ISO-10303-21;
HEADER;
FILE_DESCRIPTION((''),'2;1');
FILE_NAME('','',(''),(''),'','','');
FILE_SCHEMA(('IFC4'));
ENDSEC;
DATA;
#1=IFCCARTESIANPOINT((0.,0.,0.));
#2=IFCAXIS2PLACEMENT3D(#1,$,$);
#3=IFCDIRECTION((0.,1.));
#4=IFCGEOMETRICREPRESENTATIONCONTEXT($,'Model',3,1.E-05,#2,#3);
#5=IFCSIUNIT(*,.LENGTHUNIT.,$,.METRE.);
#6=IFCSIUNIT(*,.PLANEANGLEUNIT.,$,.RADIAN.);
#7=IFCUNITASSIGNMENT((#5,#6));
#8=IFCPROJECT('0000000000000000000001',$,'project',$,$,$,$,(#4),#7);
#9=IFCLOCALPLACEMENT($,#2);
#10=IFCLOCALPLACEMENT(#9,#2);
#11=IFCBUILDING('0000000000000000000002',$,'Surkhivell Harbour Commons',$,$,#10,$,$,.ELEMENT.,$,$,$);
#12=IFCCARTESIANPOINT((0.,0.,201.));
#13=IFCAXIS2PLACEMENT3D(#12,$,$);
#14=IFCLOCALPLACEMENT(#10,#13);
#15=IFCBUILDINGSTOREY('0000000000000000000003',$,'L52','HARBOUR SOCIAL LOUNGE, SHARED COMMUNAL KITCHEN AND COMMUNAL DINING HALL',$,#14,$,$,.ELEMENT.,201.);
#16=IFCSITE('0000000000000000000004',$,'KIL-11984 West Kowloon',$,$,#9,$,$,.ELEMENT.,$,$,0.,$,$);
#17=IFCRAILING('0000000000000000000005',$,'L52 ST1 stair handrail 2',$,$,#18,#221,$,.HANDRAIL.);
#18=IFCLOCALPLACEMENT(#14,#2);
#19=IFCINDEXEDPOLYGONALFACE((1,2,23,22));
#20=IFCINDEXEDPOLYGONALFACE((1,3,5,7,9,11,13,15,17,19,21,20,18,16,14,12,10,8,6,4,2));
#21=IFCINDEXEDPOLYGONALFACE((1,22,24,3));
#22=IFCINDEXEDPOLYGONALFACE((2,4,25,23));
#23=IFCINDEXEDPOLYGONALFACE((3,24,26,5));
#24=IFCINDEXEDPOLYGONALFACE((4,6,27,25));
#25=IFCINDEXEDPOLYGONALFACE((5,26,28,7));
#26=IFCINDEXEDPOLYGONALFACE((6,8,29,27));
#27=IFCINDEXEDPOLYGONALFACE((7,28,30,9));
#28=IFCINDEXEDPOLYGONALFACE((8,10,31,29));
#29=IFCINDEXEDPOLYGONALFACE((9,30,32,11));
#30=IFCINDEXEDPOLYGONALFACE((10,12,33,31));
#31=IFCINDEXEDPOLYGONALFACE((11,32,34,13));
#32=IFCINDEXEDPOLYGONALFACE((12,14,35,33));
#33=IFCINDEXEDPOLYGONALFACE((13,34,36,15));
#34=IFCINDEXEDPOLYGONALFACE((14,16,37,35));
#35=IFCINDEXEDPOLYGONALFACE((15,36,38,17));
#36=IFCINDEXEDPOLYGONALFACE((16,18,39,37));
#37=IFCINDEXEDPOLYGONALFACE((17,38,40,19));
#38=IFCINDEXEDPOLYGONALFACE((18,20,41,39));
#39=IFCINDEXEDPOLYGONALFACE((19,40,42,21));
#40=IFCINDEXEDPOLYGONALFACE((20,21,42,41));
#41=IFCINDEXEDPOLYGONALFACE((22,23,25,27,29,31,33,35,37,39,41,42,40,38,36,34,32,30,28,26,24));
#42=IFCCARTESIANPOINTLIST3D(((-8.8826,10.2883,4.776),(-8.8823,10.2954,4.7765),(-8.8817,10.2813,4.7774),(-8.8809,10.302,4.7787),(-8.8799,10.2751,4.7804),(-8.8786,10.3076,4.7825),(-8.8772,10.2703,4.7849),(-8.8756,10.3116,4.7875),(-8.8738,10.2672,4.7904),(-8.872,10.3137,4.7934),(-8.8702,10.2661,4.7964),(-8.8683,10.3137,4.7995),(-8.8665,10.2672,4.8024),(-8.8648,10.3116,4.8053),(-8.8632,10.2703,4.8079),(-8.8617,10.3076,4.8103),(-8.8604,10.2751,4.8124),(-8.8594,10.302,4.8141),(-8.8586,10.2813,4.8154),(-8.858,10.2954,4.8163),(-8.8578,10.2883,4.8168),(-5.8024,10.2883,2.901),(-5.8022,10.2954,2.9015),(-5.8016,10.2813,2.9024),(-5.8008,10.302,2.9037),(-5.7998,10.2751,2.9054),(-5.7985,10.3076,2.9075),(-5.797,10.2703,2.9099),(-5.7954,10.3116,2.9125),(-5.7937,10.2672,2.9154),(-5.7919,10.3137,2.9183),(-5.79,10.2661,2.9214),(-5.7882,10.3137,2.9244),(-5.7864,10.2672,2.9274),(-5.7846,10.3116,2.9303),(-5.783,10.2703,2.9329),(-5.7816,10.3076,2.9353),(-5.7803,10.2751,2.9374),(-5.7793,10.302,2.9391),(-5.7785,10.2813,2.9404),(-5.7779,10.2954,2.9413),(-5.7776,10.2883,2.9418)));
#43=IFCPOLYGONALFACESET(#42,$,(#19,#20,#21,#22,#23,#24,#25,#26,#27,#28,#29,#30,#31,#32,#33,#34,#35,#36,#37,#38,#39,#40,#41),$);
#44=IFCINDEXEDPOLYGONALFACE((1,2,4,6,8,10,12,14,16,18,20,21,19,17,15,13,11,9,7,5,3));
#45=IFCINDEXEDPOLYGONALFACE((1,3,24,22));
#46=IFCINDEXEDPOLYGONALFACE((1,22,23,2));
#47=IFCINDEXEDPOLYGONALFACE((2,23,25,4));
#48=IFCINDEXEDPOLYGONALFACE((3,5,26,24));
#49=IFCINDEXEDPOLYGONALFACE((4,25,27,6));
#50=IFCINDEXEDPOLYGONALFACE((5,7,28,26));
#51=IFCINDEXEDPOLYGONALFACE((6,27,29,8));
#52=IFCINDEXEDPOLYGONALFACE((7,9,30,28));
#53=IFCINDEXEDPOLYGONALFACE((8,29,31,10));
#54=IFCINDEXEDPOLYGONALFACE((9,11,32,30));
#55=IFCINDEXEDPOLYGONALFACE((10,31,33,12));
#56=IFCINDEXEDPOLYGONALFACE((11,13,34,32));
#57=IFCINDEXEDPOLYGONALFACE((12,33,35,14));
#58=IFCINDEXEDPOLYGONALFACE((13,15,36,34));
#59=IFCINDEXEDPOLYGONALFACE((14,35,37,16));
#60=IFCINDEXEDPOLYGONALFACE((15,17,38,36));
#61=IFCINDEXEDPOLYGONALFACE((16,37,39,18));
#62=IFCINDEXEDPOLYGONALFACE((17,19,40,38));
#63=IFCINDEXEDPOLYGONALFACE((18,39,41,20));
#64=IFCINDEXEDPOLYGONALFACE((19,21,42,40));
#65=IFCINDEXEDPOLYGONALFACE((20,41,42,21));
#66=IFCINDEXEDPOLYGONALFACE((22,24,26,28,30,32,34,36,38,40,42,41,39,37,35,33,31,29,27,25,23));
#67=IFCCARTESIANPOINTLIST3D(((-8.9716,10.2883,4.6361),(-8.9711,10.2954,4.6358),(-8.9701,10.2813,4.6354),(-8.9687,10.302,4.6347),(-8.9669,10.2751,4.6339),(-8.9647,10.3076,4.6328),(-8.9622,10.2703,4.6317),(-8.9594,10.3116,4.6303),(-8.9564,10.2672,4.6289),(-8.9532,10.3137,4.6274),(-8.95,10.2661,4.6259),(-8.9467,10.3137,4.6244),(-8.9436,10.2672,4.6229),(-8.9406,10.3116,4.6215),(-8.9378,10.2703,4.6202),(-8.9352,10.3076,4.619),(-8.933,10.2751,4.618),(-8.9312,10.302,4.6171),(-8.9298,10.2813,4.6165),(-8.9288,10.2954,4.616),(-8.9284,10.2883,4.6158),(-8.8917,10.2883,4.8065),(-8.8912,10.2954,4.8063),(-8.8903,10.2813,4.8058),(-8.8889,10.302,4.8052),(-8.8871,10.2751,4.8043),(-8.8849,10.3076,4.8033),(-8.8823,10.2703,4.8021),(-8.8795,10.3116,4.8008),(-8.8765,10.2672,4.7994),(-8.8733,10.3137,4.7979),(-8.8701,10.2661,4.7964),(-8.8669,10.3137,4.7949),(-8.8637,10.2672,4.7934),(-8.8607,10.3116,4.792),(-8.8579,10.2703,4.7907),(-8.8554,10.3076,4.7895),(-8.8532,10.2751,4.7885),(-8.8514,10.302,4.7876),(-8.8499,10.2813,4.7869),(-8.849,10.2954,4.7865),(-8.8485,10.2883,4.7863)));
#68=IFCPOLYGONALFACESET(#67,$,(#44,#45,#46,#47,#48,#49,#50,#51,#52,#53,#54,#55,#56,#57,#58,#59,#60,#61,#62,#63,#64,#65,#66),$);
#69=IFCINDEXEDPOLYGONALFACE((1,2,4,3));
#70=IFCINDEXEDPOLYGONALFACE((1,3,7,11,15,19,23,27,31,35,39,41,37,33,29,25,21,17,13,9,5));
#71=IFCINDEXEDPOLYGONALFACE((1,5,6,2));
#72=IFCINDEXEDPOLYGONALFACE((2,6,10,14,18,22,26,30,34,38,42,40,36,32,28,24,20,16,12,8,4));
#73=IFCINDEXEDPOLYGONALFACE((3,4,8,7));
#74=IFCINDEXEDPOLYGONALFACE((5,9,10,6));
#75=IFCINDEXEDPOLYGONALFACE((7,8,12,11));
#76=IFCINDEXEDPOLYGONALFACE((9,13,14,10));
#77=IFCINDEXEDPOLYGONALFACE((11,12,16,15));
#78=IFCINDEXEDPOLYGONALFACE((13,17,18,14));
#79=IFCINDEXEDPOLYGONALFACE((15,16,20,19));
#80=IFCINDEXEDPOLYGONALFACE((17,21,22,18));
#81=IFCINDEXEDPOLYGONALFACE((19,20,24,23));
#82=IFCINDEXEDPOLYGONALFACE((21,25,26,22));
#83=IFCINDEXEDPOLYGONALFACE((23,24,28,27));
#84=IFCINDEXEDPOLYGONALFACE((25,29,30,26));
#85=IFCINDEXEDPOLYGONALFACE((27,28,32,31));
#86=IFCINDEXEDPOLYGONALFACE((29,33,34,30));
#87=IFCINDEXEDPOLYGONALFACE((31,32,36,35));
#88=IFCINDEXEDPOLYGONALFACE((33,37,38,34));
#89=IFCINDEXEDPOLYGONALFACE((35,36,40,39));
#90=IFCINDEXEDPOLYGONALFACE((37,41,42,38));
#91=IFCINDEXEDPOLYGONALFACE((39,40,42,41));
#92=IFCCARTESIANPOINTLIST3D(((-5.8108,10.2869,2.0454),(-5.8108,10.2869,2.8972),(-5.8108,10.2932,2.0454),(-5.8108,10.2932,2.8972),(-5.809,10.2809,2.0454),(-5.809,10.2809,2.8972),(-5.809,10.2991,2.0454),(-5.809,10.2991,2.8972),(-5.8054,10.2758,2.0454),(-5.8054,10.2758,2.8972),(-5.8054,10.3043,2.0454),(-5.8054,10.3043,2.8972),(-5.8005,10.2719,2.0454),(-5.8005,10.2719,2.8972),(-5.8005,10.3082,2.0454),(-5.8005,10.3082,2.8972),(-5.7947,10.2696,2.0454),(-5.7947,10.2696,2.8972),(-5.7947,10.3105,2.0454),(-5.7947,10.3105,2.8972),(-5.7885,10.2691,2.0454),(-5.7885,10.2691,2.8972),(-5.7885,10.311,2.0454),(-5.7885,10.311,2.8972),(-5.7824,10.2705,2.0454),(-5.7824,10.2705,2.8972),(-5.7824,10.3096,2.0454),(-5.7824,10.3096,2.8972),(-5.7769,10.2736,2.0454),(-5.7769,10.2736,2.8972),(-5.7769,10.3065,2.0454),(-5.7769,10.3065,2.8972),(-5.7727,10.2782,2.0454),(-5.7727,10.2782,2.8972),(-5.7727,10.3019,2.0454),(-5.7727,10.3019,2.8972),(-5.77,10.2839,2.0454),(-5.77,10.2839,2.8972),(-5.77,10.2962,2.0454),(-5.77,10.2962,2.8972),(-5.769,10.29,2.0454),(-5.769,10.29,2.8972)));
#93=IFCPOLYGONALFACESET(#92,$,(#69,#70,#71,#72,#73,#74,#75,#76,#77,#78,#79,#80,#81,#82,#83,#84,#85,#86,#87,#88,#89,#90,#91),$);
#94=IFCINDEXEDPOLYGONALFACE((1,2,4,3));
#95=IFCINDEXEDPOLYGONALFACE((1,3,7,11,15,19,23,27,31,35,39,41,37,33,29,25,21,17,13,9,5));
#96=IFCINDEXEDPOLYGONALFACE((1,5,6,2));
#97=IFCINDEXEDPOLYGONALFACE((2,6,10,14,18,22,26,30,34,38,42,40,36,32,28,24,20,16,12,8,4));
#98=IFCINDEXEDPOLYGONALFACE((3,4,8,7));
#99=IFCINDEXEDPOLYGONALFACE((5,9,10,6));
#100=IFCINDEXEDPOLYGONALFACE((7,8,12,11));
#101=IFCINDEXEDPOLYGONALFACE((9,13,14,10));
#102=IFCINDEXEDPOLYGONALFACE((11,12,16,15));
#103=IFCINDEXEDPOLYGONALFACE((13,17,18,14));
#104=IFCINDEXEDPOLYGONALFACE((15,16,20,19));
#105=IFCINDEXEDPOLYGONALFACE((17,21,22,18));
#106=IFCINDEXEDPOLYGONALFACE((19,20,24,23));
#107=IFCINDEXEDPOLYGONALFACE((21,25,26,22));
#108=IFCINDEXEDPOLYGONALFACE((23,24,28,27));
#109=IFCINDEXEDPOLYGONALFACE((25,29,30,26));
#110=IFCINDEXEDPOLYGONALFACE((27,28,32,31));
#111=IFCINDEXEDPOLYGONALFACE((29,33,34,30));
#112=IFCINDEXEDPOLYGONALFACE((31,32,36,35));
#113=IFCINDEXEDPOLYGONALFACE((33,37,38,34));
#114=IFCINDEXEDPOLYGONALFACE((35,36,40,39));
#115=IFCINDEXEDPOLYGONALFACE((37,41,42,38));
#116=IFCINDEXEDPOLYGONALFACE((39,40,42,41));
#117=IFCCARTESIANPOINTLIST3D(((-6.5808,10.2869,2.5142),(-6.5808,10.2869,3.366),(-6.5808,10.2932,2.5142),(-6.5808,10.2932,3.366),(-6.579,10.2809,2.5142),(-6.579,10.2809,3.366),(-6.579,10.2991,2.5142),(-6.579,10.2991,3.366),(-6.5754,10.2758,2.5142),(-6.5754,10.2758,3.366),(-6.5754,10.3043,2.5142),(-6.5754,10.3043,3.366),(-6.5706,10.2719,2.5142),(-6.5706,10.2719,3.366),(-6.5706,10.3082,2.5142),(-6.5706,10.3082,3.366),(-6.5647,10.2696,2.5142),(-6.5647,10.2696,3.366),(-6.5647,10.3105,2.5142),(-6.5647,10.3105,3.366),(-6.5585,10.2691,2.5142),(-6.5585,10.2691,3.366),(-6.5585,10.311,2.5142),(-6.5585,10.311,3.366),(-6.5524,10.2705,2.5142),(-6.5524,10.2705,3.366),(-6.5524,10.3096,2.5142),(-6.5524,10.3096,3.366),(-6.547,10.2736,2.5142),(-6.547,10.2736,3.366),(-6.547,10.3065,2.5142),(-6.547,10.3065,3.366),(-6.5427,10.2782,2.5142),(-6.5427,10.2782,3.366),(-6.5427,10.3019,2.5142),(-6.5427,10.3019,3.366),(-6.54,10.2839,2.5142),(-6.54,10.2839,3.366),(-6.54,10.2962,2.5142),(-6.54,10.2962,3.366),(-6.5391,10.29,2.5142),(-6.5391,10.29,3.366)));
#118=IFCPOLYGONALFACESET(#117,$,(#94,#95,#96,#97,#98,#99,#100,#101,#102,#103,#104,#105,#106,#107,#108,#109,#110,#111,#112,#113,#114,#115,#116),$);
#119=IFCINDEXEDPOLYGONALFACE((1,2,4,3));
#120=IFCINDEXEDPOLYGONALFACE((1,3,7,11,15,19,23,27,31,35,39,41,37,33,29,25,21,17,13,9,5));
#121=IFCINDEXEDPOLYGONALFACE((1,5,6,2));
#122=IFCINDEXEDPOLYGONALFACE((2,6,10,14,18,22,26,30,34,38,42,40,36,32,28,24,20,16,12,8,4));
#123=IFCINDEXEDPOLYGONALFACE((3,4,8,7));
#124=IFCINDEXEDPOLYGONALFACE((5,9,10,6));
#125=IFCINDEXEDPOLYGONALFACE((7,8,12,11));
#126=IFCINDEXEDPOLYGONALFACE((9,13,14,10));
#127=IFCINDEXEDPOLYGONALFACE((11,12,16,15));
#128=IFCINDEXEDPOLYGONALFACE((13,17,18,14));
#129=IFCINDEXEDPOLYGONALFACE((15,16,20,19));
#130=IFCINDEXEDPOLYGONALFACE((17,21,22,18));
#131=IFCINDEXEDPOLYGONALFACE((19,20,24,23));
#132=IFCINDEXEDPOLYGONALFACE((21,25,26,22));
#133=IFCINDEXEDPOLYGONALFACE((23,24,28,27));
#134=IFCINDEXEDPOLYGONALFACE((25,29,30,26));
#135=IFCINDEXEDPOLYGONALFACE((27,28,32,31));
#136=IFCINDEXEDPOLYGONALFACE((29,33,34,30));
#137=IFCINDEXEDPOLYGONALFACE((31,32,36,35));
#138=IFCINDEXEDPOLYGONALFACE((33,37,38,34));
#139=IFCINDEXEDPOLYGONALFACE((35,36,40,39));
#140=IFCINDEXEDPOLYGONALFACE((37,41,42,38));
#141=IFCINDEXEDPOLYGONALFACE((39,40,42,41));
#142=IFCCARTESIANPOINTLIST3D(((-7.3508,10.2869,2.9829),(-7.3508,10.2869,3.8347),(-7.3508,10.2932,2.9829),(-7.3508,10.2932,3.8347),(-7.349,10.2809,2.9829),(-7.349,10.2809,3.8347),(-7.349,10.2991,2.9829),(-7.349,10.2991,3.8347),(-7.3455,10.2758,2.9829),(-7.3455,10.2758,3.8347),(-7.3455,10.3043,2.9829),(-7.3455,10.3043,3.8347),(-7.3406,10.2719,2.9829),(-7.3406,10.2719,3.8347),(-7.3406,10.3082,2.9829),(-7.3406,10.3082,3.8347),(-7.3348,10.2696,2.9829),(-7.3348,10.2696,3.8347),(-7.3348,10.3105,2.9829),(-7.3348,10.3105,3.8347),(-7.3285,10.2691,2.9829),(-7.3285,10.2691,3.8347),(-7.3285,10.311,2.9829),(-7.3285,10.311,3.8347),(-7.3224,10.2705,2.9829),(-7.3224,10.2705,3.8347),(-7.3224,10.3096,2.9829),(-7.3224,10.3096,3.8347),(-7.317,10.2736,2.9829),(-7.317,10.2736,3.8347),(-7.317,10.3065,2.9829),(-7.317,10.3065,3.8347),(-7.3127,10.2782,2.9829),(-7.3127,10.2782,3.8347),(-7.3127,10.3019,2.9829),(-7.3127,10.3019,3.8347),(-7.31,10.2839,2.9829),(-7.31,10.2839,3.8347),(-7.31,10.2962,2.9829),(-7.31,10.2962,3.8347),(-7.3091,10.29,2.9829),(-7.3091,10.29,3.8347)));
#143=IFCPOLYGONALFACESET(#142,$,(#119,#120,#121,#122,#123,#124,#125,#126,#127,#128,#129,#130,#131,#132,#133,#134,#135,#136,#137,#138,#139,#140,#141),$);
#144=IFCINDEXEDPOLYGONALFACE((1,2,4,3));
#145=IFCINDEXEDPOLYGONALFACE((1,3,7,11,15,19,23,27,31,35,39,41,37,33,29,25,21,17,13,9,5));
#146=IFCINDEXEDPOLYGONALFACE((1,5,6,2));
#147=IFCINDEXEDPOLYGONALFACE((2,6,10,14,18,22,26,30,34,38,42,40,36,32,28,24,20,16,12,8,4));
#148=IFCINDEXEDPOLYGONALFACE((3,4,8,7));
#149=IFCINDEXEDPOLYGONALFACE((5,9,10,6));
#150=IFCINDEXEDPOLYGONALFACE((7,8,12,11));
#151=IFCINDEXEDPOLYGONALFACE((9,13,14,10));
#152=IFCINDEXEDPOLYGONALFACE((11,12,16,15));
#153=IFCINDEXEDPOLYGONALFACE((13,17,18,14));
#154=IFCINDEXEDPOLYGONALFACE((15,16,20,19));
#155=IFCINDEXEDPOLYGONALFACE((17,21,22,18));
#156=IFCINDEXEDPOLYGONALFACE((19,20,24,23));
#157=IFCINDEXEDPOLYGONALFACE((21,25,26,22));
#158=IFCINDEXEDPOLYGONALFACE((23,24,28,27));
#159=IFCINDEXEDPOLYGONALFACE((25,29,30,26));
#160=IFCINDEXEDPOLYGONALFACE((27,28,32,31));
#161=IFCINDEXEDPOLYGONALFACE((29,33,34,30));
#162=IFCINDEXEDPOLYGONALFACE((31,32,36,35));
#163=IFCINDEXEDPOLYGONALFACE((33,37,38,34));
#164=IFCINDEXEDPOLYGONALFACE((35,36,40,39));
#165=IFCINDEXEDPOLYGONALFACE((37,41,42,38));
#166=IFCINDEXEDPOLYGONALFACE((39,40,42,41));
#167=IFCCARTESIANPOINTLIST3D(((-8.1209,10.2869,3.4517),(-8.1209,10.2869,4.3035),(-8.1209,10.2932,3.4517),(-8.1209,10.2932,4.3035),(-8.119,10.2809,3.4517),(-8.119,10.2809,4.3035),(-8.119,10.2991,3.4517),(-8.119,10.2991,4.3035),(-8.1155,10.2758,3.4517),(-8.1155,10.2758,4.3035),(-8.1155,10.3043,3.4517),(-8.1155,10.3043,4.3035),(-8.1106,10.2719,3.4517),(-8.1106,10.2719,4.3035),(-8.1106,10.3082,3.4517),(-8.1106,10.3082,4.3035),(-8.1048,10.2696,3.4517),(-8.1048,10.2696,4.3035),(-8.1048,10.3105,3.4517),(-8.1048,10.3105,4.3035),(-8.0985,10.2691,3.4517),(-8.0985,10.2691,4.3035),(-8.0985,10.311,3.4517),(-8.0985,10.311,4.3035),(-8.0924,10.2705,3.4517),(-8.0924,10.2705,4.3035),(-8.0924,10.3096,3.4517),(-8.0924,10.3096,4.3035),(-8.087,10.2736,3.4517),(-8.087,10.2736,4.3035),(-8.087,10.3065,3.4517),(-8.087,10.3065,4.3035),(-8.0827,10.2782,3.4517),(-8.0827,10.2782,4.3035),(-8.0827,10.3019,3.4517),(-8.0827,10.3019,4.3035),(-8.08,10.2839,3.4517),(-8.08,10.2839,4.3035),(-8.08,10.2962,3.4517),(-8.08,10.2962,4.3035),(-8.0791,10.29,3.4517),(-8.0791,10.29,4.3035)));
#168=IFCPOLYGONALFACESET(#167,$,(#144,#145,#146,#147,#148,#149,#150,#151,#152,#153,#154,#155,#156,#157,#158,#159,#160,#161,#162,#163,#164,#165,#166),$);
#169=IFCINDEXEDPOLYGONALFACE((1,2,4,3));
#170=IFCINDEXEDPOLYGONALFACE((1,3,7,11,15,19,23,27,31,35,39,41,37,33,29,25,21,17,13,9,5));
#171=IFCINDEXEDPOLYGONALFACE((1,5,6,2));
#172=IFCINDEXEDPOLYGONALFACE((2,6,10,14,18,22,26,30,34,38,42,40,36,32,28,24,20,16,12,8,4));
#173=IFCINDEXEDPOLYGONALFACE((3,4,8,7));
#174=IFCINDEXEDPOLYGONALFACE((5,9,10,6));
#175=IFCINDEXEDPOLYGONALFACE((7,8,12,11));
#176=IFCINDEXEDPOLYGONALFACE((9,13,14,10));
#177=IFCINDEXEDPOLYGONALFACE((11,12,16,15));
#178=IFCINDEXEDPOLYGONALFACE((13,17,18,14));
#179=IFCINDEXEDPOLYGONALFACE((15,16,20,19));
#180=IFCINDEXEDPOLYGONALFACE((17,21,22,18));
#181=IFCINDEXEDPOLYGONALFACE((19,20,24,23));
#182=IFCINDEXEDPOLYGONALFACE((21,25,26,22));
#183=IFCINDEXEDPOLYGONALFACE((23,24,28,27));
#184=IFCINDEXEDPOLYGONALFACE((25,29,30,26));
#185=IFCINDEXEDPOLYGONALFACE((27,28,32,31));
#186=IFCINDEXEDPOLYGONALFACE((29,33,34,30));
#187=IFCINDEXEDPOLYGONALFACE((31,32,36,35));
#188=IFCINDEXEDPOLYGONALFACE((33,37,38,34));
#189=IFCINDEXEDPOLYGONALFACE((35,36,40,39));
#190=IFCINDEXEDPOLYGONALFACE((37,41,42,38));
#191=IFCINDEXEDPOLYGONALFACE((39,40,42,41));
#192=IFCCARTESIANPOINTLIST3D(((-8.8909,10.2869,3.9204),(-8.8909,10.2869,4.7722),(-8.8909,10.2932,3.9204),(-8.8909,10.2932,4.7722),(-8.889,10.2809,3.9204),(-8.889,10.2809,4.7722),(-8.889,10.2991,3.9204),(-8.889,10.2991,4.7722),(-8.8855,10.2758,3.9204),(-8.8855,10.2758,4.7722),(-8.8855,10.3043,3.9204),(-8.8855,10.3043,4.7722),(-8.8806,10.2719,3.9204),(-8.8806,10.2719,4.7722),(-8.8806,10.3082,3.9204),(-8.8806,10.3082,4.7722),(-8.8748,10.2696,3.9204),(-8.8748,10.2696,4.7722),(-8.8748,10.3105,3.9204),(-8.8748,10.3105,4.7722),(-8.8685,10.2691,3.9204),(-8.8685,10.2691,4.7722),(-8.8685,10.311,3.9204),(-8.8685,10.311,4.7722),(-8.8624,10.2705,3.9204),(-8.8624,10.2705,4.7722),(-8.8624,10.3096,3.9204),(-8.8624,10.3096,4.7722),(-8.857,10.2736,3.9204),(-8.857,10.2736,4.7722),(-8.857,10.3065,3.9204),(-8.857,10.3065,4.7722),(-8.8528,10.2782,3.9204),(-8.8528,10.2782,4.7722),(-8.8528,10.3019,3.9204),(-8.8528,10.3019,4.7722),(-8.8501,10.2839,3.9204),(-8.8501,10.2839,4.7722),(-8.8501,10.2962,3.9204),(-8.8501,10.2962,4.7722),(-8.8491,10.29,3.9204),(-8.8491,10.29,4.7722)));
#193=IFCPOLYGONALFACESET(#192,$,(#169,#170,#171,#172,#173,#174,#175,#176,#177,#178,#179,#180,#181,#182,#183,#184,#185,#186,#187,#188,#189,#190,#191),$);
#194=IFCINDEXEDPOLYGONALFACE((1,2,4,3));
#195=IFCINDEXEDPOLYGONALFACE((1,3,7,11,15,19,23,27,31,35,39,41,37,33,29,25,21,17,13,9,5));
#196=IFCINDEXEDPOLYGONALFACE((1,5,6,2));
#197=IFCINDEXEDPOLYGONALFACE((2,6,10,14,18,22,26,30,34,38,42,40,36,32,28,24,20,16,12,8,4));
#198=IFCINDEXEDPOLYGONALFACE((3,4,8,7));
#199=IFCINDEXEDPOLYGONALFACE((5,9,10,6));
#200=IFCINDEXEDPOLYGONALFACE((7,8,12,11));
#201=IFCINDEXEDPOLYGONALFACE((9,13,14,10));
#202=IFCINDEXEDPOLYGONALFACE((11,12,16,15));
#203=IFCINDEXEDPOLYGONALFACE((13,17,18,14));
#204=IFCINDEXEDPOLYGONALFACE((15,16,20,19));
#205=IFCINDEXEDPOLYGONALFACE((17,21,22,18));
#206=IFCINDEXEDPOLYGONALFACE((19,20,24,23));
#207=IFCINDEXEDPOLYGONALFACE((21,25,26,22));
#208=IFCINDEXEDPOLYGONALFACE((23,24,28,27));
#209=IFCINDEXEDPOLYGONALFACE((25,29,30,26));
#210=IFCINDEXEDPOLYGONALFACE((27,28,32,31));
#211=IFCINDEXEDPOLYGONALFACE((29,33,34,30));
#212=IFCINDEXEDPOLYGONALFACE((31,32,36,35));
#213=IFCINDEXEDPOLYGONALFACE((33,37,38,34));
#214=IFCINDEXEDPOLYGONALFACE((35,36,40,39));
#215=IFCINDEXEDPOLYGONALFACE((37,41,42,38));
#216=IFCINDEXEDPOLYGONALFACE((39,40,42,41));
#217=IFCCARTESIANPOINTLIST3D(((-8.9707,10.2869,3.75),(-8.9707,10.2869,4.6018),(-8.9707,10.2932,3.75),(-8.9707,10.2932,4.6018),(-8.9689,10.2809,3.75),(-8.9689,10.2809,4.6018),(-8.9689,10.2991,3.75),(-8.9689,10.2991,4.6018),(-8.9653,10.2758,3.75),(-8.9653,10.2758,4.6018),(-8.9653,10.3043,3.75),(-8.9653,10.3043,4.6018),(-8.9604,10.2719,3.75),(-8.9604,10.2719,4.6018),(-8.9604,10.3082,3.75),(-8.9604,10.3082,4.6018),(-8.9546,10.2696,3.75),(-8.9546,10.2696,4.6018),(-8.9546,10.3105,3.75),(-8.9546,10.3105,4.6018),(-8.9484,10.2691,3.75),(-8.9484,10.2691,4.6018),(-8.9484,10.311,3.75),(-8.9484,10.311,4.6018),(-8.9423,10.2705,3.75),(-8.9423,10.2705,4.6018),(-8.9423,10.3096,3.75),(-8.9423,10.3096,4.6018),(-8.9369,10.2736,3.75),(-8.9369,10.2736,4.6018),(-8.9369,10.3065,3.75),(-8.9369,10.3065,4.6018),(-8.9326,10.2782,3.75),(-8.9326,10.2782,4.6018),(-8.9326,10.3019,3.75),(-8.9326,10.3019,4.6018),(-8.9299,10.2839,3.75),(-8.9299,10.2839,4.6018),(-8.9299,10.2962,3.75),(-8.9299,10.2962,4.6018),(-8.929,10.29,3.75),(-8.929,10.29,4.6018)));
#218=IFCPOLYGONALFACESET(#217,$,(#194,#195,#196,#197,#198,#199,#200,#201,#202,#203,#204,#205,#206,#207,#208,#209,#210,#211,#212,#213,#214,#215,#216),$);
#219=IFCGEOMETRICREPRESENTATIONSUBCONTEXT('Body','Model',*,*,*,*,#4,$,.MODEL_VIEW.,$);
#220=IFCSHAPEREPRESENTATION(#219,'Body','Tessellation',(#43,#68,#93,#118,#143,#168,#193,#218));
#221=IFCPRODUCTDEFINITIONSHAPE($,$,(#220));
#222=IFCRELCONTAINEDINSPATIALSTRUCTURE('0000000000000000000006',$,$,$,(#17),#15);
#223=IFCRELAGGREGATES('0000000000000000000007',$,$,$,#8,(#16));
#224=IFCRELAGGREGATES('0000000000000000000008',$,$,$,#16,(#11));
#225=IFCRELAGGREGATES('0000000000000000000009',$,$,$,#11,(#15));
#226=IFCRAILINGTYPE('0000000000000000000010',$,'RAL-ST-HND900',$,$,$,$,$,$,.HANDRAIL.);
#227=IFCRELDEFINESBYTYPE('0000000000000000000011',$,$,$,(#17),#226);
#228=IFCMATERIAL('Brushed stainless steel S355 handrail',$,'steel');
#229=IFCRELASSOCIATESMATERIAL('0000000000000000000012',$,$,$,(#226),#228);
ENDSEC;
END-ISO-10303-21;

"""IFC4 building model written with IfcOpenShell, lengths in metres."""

from ifc_helpers import new_model, si_unit, direction, frame, origin, origin_2d, place, context, subcontext, project, spatial, circle, extrude, material, type_object, element, save


model = new_model("IFC4")

# Units and contexts
model_context = context("Model", 3, precision=1e-05, world=origin(), true_north=direction((0.0, 1.0)))
body_context = subcontext(model_context, "Body", "Model", "MODEL_VIEW")
ifc_project = project(units=[si_unit("LENGTHUNIT", "METRE"), si_unit("PLANEANGLEUNIT", "RADIAN")], contexts=[model_context])

# Site, building, storey
site_placement = place(None, origin())
site = spatial("IfcSite", under=ifc_project, at=site_placement, Name="KIL-11984 West Kowloon", CompositionType="ELEMENT", RefElevation=0.0)
building_placement = place(site_placement, origin())
building = spatial("IfcBuilding", under=site, at=building_placement, Name="Surkhivell Harbour Commons", CompositionType="ELEMENT")
storey_placement = place(building_placement, frame((0.0, 0.0, 201.0)))
storey = spatial("IfcBuildingStorey", under=building, at=storey_placement, Name="L52", Description="HARBOUR SOCIAL LOUNGE, SHARED COMMUNAL KITCHEN AND COMMUNAL DINING HALL", CompositionType="ELEMENT", Elevation=201.0)

# Railing
ifc_material_1 = material(Name="Brushed stainless steel S355 handrail", Category="steel")
railing_type_1 = type_object("IfcRailingType", Name="RAL-ST-HND900", PredefinedType="HANDRAIL", material=ifc_material_1)
railing_1_placement = place(storey_placement, frame((-5.79, 10.29, 2.0454)))
element("IfcRailing", 1, at=railing_1_placement, inside=storey, type_object=railing_type_1, Name="L52 ST1 stair handrail 2", PredefinedType="HANDRAIL", context=body_context, shape_type="SweptSolid", body=[
    extrude(circle(Radius=0.0239, at=origin_2d()), frame((0.0, 0.0, 0.876), z_axis=(-0.854178, 0.0, 0.519981), x_axis=(0.0, -1.0, 0.0)), (0.0, 0.0, 1.0), 3.606),
    extrude(circle(Radius=0.0239, at=origin_2d()), frame((-3.0801, 0.0, 2.751), z_axis=(-0.424234, 0.0, -0.905552), x_axis=(0.0, -1.0, 0.0)), (0.0, 0.0, 1.0), 0.1882),
    extrude(circle(Radius=0.021, at=origin_2d()), origin(), (0.0, 0.0, 1.0), 0.8518),
    extrude(circle(Radius=0.021, at=origin_2d()), frame((-0.77, 0.0, 0.4688)), (0.0, 0.0, 1.0), 0.8518),
    extrude(circle(Radius=0.021, at=origin_2d()), frame((-1.54, 0.0, 0.9375)), (0.0, 0.0, 1.0), 0.8518),
    extrude(circle(Radius=0.021, at=origin_2d()), frame((-2.3101, 0.0, 1.4062)), (0.0, 0.0, 1.0), 0.8518),
    extrude(circle(Radius=0.021, at=origin_2d()), frame((-3.0801, 0.0, 1.875)), (0.0, 0.0, 1.0), 0.8518),
    extrude(circle(Radius=0.021, at=origin_2d()), frame((-3.1599, 0.0, 1.7046)), (0.0, 0.0, 1.0), 0.8518),
])

save(model, "model.ifc")
